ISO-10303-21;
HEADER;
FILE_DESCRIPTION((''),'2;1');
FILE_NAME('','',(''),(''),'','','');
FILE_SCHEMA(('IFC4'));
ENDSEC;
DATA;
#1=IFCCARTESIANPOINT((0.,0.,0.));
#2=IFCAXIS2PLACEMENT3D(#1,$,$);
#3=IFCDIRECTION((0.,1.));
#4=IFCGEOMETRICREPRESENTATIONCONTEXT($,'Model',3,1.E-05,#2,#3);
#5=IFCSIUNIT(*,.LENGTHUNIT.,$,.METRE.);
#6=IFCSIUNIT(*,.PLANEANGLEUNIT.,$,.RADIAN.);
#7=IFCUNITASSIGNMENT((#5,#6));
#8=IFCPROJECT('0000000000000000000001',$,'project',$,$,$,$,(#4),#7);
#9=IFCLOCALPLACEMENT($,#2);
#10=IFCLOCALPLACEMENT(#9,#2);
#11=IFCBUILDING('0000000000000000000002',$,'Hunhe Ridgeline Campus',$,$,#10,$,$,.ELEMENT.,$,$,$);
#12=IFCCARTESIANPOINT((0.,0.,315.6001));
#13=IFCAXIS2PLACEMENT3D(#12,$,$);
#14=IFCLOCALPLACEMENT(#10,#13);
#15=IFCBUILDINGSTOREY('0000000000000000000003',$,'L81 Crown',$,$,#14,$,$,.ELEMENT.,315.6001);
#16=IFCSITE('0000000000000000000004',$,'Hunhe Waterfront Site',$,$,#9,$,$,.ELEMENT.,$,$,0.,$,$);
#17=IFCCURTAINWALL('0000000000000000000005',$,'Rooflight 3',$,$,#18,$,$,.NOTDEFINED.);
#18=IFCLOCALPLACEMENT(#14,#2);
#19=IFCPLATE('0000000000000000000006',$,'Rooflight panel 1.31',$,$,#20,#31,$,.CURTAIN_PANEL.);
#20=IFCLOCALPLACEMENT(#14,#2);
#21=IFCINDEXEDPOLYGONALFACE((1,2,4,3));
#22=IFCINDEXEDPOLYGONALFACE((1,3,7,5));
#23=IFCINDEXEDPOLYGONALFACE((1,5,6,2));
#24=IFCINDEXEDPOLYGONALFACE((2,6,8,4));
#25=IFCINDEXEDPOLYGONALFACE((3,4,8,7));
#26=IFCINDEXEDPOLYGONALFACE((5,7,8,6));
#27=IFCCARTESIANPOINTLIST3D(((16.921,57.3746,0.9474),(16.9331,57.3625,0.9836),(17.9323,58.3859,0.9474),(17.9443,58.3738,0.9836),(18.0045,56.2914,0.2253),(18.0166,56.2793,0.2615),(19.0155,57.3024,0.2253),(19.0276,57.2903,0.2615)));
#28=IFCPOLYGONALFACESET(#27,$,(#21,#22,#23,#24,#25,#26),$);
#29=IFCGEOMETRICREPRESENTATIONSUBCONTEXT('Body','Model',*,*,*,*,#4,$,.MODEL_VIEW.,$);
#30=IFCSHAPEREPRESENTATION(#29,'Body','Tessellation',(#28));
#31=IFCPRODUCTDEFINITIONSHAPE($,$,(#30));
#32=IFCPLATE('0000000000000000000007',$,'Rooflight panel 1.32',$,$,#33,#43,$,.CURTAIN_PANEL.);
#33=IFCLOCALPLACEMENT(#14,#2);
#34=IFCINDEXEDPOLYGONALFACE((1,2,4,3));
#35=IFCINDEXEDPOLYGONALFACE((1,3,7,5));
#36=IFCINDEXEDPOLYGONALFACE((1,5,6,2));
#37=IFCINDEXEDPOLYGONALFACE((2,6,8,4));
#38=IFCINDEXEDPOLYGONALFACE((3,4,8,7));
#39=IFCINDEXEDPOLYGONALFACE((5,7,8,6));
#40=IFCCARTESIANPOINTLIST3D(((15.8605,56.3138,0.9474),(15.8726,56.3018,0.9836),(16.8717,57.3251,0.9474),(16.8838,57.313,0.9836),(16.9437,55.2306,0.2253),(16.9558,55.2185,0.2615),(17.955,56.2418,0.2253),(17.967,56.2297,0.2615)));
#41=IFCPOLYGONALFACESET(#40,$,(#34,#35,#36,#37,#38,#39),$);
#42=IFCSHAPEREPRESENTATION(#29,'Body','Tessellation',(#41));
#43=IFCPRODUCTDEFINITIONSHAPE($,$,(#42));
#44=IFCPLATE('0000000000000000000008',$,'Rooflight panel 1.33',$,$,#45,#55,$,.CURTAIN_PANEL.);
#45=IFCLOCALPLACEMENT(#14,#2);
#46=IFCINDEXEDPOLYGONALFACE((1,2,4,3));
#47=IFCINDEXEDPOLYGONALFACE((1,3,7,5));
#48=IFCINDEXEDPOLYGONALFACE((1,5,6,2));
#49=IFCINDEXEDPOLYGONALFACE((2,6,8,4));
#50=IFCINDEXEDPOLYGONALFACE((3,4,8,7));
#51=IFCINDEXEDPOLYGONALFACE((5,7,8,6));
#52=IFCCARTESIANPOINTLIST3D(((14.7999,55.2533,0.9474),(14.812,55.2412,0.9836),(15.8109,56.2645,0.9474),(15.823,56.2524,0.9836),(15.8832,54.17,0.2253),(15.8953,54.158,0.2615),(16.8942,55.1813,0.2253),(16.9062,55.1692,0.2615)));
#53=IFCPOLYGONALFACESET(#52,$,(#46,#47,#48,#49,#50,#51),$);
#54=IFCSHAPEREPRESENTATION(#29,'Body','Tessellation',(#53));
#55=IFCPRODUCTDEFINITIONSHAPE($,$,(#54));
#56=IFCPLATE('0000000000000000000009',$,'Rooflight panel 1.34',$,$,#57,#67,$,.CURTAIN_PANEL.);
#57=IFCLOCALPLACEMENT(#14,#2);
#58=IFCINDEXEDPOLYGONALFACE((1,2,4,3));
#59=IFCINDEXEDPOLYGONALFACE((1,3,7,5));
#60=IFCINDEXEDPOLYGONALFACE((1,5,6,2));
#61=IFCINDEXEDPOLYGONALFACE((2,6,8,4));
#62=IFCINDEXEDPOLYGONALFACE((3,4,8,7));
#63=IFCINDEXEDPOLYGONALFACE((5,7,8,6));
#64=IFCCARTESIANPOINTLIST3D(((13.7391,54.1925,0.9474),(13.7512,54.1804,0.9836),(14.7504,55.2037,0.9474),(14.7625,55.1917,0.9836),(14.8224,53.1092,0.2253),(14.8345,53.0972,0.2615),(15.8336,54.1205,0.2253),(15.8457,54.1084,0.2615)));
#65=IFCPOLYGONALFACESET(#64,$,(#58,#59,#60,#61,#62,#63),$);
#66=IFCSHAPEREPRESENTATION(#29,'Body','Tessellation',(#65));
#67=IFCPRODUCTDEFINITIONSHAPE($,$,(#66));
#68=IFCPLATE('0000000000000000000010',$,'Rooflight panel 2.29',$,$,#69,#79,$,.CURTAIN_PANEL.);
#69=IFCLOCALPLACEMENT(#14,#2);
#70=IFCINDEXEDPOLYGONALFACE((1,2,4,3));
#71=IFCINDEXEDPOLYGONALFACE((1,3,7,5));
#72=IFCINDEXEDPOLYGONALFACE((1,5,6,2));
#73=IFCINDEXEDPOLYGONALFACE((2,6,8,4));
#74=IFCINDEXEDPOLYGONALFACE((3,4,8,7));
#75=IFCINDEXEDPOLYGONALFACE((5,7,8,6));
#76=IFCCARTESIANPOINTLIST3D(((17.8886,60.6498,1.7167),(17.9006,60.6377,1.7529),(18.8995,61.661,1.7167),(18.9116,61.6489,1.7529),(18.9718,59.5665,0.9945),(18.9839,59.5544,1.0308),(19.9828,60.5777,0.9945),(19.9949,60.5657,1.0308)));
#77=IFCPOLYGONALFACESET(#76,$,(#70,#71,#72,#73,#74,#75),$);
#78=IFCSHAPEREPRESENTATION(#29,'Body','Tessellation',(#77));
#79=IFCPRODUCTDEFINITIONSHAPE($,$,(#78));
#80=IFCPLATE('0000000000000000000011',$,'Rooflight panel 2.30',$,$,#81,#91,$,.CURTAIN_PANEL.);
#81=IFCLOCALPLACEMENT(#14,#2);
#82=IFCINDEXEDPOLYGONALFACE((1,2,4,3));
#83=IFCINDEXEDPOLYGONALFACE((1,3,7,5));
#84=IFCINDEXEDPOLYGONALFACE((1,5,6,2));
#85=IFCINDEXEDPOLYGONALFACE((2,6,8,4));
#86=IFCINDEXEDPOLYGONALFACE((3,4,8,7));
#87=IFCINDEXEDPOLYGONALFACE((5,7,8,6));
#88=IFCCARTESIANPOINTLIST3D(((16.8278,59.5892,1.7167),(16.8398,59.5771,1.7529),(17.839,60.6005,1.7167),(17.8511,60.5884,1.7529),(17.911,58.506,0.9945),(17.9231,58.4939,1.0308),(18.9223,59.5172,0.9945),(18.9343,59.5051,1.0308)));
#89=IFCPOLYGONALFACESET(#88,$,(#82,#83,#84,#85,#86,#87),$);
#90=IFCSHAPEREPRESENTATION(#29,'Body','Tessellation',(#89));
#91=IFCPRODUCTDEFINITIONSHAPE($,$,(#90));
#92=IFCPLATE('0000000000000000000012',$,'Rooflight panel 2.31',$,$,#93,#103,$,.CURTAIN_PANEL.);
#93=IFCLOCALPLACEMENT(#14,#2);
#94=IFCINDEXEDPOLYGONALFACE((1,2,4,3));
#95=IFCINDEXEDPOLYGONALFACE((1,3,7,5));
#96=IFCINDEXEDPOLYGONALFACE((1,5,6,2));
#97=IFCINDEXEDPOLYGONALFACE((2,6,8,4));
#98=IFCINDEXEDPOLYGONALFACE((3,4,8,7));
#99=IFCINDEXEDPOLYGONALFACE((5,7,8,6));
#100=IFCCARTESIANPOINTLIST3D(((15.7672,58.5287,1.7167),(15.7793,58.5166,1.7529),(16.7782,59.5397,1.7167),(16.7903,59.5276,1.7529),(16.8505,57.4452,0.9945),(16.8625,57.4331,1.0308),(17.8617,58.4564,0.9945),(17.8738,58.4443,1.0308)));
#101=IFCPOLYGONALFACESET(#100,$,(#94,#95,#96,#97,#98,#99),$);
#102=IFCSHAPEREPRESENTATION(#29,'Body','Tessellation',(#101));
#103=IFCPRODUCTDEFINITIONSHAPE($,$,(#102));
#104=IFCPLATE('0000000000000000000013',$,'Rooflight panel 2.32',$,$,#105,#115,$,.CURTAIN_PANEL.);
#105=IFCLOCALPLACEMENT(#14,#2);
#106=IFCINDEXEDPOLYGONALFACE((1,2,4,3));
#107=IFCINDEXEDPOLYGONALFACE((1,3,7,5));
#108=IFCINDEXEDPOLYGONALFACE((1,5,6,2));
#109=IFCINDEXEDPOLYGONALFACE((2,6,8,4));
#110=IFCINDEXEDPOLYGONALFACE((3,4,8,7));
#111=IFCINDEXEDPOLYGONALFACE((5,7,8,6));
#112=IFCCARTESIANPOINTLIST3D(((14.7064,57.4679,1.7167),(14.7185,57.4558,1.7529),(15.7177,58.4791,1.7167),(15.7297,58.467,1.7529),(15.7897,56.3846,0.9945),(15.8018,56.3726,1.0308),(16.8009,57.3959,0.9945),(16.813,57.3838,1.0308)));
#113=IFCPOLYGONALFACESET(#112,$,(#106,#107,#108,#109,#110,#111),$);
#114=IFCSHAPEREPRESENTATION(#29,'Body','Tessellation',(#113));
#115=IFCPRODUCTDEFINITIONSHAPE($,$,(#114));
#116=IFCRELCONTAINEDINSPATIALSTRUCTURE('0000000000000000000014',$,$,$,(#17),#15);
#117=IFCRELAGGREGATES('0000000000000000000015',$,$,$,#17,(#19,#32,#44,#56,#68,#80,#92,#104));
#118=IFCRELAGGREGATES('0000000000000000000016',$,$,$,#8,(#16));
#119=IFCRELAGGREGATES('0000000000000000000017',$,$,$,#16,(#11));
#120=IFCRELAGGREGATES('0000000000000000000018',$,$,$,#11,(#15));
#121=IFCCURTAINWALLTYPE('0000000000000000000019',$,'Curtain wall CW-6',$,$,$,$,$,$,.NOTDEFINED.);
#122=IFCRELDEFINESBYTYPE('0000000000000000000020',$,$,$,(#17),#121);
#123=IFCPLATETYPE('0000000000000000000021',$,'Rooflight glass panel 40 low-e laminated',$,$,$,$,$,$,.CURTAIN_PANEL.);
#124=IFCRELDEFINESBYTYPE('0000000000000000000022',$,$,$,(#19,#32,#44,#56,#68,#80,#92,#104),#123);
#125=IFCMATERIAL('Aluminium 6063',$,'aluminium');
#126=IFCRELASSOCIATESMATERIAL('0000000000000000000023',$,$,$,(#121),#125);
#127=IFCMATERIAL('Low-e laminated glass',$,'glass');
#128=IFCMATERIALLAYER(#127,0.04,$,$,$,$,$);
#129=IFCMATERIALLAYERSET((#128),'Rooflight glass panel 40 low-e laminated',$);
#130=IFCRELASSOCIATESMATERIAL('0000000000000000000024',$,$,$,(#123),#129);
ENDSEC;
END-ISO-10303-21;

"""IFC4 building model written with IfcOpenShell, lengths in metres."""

from ifc_helpers import new_model, si_unit, direction, frame, origin, place, context, subcontext, project, spatial, polyline, outline, extrude, material, layer, layer_set, type_object, element, aggregate, save


model = new_model("IFC4")

# Units and contexts
model_context = context("Model", 3, precision=1e-05, world=origin(), true_north=direction((0.0, 1.0)))
body_context = subcontext(model_context, "Body", "Model", "MODEL_VIEW")
ifc_project = project(units=[si_unit("LENGTHUNIT", "METRE"), si_unit("PLANEANGLEUNIT", "RADIAN")], contexts=[model_context])

# Site, building, storey
site_placement = place(None, origin())
site = spatial("IfcSite", under=ifc_project, at=site_placement, Name="Hunhe Waterfront Site", CompositionType="ELEMENT", RefElevation=0.0)
building_placement = place(site_placement, origin())
building = spatial("IfcBuilding", under=site, at=building_placement, Name="Hunhe Ridgeline Campus", CompositionType="ELEMENT")
storey_placement = place(building_placement, frame((0.0, 0.0, 315.6001)))
storey = spatial("IfcBuildingStorey", under=building, at=storey_placement, Name="L81 Crown", CompositionType="ELEMENT", Elevation=315.6001)

# Curtain wall, plates
ifc_material_1 = material(Name="Aluminium 6063", Category="aluminium")
curtain_wall_type = type_object("IfcCurtainWallType", Name="Curtain wall CW-6", PredefinedType="NOTDEFINED", material=ifc_material_1)
curtain_wall_placement = place(storey_placement, origin())
curtain_wall = element("IfcCurtainWall", 1, at=curtain_wall_placement, inside=storey, type_object=curtain_wall_type, Name="Rooflight 3", PredefinedType="NOTDEFINED")
ifc_material_2 = material(Name="Low-e laminated glass", Category="glass")
ifc_layer = layer(ifc_material_2, 0.04)
ifc_layer_set = layer_set([ifc_layer], Name="Rooflight glass panel 40 low-e laminated")
plate_type = type_object("IfcPlateType", Name="Rooflight glass panel 40 low-e laminated", PredefinedType="CURTAIN_PANEL", material=ifc_layer_set)
plate_1_placement = place(storey_placement, frame((19.0276, 57.2903, 0.2615), z_axis=(0.301484, -0.301484, 0.904553), x_axis=(-0.639543, 0.639687, 0.426362)))
plate_1 = element("IfcPlate", 2, at=plate_1_placement, type_object=plate_type, Name="Rooflight panel 1.31", PredefinedType="CURTAIN_PANEL", context=body_context, shape_type="SweptSolid", body=[
    extrude(outline(polyline([(0.0, 0.0), (1.6938, 0.0), (1.6936, 1.4301), (-0.0001, 1.4298), (0.0, 0.0)])), origin(), (0.0, 0.0, -1.0), 0.04),
])
plate_2_placement = place(storey_placement, frame((17.967, 56.2297, 0.2615), z_axis=(0.301511, -0.301511, 0.904534), x_axis=(-0.639602, 0.639602, 0.426401)))
plate_2 = element("IfcPlate", 3, at=plate_2_placement, type_object=plate_type, Name="Rooflight panel 1.32", PredefinedType="CURTAIN_PANEL", context=body_context, shape_type="SweptSolid", body=[
    extrude(outline(polyline([(0.0, 0.0), (1.6936, 0.0), (1.6936, 1.4301), (0.0, 1.4301), (0.0, 0.0)])), origin(), (0.0, 0.0, -1.0), 0.04),
])
plate_3_placement = place(storey_placement, frame((16.9062, 55.1692, 0.2615), z_axis=(0.301548, -0.301475, 0.904534), x_axis=(-0.639602, 0.639602, 0.426401)))
plate_3 = element("IfcPlate", 4, at=plate_3_placement, type_object=plate_type, Name="Rooflight panel 1.33", PredefinedType="CURTAIN_PANEL", context=body_context, shape_type="SweptSolid", body=[
    extrude(outline(polyline([(0.0, 0.0), (1.6936, 0.0), (1.6935, 1.4299), (-0.0002, 1.4299), (0.0, 0.0)])), origin(), (0.0, 0.0, -1.0), 0.04),
])
plate_4_placement = place(storey_placement, frame((15.8457, 54.1084, 0.2615), z_axis=(0.301511, -0.301511, 0.904534), x_axis=(-0.639602, 0.639602, 0.426401)))
plate_4 = element("IfcPlate", 5, at=plate_4_placement, type_object=plate_type, Name="Rooflight panel 1.34", PredefinedType="CURTAIN_PANEL", context=body_context, shape_type="SweptSolid", body=[
    extrude(outline(polyline([(0.0, 0.0), (1.6936, 0.0), (1.6936, 1.4301), (0.0, 1.4301), (0.0, 0.0)])), origin(), (0.0, 0.0, -1.0), 0.04),
])
plate_5_placement = place(storey_placement, frame((19.9949, 60.5657, 1.0308), z_axis=(0.301548, -0.301475, 0.904534), x_axis=(-0.639602, 0.639602, 0.426401)))
plate_5 = element("IfcPlate", 6, at=plate_5_placement, type_object=plate_type, Name="Rooflight panel 2.29", PredefinedType="CURTAIN_PANEL", context=body_context, shape_type="SweptSolid", body=[
    extrude(outline(polyline([(0.0, 0.0), (1.6936, 0.0), (1.6935, 1.4299), (-0.0002, 1.4299), (0.0, 0.0)])), origin(), (0.0, 0.0, -1.0), 0.04),
])
plate_6_placement = place(storey_placement, frame((18.9343, 59.5051, 1.0308), z_axis=(0.301511, -0.301511, 0.904534), x_axis=(-0.639602, 0.639602, 0.426401)))
plate_6 = element("IfcPlate", 7, at=plate_6_placement, type_object=plate_type, Name="Rooflight panel 2.30", PredefinedType="CURTAIN_PANEL", context=body_context, shape_type="SweptSolid", body=[
    extrude(outline(polyline([(0.0, 0.0), (1.6936, 0.0), (1.6936, 1.4301), (0.0, 1.4301), (0.0, 0.0)])), origin(), (0.0, 0.0, -1.0), 0.04),
])
plate_7_placement = place(storey_placement, frame((17.8738, 58.4443, 1.0308), z_axis=(0.301484, -0.301484, 0.904553), x_axis=(-0.639687, 0.639543, 0.426362)))
plate_7 = element("IfcPlate", 8, at=plate_7_placement, type_object=plate_type, Name="Rooflight panel 2.31", PredefinedType="CURTAIN_PANEL", context=body_context, shape_type="SweptSolid", body=[
    extrude(outline(polyline([(0.0, 0.0), (1.6938, 0.0), (1.6939, 1.4298), (0.0001, 1.4301), (0.0, 0.0)])), origin(), (0.0, 0.0, -1.0), 0.04),
])
plate_8_placement = place(storey_placement, frame((16.813, 57.3838, 1.0308), z_axis=(0.301511, -0.301511, 0.904534), x_axis=(-0.639602, 0.639602, 0.426401)))
plate_8 = element("IfcPlate", 9, at=plate_8_placement, type_object=plate_type, Name="Rooflight panel 2.32", PredefinedType="CURTAIN_PANEL", context=body_context, shape_type="SweptSolid", body=[
    extrude(outline(polyline([(0.0, 0.0), (1.6936, 0.0), (1.6936, 1.4301), (0.0, 1.4301), (0.0, 0.0)])), origin(), (0.0, 0.0, -1.0), 0.04),
])
aggregate(curtain_wall, [plate_1, plate_2, plate_3, plate_4, plate_5, plate_6, plate_7, plate_8])

save(model, "model.ifc")
